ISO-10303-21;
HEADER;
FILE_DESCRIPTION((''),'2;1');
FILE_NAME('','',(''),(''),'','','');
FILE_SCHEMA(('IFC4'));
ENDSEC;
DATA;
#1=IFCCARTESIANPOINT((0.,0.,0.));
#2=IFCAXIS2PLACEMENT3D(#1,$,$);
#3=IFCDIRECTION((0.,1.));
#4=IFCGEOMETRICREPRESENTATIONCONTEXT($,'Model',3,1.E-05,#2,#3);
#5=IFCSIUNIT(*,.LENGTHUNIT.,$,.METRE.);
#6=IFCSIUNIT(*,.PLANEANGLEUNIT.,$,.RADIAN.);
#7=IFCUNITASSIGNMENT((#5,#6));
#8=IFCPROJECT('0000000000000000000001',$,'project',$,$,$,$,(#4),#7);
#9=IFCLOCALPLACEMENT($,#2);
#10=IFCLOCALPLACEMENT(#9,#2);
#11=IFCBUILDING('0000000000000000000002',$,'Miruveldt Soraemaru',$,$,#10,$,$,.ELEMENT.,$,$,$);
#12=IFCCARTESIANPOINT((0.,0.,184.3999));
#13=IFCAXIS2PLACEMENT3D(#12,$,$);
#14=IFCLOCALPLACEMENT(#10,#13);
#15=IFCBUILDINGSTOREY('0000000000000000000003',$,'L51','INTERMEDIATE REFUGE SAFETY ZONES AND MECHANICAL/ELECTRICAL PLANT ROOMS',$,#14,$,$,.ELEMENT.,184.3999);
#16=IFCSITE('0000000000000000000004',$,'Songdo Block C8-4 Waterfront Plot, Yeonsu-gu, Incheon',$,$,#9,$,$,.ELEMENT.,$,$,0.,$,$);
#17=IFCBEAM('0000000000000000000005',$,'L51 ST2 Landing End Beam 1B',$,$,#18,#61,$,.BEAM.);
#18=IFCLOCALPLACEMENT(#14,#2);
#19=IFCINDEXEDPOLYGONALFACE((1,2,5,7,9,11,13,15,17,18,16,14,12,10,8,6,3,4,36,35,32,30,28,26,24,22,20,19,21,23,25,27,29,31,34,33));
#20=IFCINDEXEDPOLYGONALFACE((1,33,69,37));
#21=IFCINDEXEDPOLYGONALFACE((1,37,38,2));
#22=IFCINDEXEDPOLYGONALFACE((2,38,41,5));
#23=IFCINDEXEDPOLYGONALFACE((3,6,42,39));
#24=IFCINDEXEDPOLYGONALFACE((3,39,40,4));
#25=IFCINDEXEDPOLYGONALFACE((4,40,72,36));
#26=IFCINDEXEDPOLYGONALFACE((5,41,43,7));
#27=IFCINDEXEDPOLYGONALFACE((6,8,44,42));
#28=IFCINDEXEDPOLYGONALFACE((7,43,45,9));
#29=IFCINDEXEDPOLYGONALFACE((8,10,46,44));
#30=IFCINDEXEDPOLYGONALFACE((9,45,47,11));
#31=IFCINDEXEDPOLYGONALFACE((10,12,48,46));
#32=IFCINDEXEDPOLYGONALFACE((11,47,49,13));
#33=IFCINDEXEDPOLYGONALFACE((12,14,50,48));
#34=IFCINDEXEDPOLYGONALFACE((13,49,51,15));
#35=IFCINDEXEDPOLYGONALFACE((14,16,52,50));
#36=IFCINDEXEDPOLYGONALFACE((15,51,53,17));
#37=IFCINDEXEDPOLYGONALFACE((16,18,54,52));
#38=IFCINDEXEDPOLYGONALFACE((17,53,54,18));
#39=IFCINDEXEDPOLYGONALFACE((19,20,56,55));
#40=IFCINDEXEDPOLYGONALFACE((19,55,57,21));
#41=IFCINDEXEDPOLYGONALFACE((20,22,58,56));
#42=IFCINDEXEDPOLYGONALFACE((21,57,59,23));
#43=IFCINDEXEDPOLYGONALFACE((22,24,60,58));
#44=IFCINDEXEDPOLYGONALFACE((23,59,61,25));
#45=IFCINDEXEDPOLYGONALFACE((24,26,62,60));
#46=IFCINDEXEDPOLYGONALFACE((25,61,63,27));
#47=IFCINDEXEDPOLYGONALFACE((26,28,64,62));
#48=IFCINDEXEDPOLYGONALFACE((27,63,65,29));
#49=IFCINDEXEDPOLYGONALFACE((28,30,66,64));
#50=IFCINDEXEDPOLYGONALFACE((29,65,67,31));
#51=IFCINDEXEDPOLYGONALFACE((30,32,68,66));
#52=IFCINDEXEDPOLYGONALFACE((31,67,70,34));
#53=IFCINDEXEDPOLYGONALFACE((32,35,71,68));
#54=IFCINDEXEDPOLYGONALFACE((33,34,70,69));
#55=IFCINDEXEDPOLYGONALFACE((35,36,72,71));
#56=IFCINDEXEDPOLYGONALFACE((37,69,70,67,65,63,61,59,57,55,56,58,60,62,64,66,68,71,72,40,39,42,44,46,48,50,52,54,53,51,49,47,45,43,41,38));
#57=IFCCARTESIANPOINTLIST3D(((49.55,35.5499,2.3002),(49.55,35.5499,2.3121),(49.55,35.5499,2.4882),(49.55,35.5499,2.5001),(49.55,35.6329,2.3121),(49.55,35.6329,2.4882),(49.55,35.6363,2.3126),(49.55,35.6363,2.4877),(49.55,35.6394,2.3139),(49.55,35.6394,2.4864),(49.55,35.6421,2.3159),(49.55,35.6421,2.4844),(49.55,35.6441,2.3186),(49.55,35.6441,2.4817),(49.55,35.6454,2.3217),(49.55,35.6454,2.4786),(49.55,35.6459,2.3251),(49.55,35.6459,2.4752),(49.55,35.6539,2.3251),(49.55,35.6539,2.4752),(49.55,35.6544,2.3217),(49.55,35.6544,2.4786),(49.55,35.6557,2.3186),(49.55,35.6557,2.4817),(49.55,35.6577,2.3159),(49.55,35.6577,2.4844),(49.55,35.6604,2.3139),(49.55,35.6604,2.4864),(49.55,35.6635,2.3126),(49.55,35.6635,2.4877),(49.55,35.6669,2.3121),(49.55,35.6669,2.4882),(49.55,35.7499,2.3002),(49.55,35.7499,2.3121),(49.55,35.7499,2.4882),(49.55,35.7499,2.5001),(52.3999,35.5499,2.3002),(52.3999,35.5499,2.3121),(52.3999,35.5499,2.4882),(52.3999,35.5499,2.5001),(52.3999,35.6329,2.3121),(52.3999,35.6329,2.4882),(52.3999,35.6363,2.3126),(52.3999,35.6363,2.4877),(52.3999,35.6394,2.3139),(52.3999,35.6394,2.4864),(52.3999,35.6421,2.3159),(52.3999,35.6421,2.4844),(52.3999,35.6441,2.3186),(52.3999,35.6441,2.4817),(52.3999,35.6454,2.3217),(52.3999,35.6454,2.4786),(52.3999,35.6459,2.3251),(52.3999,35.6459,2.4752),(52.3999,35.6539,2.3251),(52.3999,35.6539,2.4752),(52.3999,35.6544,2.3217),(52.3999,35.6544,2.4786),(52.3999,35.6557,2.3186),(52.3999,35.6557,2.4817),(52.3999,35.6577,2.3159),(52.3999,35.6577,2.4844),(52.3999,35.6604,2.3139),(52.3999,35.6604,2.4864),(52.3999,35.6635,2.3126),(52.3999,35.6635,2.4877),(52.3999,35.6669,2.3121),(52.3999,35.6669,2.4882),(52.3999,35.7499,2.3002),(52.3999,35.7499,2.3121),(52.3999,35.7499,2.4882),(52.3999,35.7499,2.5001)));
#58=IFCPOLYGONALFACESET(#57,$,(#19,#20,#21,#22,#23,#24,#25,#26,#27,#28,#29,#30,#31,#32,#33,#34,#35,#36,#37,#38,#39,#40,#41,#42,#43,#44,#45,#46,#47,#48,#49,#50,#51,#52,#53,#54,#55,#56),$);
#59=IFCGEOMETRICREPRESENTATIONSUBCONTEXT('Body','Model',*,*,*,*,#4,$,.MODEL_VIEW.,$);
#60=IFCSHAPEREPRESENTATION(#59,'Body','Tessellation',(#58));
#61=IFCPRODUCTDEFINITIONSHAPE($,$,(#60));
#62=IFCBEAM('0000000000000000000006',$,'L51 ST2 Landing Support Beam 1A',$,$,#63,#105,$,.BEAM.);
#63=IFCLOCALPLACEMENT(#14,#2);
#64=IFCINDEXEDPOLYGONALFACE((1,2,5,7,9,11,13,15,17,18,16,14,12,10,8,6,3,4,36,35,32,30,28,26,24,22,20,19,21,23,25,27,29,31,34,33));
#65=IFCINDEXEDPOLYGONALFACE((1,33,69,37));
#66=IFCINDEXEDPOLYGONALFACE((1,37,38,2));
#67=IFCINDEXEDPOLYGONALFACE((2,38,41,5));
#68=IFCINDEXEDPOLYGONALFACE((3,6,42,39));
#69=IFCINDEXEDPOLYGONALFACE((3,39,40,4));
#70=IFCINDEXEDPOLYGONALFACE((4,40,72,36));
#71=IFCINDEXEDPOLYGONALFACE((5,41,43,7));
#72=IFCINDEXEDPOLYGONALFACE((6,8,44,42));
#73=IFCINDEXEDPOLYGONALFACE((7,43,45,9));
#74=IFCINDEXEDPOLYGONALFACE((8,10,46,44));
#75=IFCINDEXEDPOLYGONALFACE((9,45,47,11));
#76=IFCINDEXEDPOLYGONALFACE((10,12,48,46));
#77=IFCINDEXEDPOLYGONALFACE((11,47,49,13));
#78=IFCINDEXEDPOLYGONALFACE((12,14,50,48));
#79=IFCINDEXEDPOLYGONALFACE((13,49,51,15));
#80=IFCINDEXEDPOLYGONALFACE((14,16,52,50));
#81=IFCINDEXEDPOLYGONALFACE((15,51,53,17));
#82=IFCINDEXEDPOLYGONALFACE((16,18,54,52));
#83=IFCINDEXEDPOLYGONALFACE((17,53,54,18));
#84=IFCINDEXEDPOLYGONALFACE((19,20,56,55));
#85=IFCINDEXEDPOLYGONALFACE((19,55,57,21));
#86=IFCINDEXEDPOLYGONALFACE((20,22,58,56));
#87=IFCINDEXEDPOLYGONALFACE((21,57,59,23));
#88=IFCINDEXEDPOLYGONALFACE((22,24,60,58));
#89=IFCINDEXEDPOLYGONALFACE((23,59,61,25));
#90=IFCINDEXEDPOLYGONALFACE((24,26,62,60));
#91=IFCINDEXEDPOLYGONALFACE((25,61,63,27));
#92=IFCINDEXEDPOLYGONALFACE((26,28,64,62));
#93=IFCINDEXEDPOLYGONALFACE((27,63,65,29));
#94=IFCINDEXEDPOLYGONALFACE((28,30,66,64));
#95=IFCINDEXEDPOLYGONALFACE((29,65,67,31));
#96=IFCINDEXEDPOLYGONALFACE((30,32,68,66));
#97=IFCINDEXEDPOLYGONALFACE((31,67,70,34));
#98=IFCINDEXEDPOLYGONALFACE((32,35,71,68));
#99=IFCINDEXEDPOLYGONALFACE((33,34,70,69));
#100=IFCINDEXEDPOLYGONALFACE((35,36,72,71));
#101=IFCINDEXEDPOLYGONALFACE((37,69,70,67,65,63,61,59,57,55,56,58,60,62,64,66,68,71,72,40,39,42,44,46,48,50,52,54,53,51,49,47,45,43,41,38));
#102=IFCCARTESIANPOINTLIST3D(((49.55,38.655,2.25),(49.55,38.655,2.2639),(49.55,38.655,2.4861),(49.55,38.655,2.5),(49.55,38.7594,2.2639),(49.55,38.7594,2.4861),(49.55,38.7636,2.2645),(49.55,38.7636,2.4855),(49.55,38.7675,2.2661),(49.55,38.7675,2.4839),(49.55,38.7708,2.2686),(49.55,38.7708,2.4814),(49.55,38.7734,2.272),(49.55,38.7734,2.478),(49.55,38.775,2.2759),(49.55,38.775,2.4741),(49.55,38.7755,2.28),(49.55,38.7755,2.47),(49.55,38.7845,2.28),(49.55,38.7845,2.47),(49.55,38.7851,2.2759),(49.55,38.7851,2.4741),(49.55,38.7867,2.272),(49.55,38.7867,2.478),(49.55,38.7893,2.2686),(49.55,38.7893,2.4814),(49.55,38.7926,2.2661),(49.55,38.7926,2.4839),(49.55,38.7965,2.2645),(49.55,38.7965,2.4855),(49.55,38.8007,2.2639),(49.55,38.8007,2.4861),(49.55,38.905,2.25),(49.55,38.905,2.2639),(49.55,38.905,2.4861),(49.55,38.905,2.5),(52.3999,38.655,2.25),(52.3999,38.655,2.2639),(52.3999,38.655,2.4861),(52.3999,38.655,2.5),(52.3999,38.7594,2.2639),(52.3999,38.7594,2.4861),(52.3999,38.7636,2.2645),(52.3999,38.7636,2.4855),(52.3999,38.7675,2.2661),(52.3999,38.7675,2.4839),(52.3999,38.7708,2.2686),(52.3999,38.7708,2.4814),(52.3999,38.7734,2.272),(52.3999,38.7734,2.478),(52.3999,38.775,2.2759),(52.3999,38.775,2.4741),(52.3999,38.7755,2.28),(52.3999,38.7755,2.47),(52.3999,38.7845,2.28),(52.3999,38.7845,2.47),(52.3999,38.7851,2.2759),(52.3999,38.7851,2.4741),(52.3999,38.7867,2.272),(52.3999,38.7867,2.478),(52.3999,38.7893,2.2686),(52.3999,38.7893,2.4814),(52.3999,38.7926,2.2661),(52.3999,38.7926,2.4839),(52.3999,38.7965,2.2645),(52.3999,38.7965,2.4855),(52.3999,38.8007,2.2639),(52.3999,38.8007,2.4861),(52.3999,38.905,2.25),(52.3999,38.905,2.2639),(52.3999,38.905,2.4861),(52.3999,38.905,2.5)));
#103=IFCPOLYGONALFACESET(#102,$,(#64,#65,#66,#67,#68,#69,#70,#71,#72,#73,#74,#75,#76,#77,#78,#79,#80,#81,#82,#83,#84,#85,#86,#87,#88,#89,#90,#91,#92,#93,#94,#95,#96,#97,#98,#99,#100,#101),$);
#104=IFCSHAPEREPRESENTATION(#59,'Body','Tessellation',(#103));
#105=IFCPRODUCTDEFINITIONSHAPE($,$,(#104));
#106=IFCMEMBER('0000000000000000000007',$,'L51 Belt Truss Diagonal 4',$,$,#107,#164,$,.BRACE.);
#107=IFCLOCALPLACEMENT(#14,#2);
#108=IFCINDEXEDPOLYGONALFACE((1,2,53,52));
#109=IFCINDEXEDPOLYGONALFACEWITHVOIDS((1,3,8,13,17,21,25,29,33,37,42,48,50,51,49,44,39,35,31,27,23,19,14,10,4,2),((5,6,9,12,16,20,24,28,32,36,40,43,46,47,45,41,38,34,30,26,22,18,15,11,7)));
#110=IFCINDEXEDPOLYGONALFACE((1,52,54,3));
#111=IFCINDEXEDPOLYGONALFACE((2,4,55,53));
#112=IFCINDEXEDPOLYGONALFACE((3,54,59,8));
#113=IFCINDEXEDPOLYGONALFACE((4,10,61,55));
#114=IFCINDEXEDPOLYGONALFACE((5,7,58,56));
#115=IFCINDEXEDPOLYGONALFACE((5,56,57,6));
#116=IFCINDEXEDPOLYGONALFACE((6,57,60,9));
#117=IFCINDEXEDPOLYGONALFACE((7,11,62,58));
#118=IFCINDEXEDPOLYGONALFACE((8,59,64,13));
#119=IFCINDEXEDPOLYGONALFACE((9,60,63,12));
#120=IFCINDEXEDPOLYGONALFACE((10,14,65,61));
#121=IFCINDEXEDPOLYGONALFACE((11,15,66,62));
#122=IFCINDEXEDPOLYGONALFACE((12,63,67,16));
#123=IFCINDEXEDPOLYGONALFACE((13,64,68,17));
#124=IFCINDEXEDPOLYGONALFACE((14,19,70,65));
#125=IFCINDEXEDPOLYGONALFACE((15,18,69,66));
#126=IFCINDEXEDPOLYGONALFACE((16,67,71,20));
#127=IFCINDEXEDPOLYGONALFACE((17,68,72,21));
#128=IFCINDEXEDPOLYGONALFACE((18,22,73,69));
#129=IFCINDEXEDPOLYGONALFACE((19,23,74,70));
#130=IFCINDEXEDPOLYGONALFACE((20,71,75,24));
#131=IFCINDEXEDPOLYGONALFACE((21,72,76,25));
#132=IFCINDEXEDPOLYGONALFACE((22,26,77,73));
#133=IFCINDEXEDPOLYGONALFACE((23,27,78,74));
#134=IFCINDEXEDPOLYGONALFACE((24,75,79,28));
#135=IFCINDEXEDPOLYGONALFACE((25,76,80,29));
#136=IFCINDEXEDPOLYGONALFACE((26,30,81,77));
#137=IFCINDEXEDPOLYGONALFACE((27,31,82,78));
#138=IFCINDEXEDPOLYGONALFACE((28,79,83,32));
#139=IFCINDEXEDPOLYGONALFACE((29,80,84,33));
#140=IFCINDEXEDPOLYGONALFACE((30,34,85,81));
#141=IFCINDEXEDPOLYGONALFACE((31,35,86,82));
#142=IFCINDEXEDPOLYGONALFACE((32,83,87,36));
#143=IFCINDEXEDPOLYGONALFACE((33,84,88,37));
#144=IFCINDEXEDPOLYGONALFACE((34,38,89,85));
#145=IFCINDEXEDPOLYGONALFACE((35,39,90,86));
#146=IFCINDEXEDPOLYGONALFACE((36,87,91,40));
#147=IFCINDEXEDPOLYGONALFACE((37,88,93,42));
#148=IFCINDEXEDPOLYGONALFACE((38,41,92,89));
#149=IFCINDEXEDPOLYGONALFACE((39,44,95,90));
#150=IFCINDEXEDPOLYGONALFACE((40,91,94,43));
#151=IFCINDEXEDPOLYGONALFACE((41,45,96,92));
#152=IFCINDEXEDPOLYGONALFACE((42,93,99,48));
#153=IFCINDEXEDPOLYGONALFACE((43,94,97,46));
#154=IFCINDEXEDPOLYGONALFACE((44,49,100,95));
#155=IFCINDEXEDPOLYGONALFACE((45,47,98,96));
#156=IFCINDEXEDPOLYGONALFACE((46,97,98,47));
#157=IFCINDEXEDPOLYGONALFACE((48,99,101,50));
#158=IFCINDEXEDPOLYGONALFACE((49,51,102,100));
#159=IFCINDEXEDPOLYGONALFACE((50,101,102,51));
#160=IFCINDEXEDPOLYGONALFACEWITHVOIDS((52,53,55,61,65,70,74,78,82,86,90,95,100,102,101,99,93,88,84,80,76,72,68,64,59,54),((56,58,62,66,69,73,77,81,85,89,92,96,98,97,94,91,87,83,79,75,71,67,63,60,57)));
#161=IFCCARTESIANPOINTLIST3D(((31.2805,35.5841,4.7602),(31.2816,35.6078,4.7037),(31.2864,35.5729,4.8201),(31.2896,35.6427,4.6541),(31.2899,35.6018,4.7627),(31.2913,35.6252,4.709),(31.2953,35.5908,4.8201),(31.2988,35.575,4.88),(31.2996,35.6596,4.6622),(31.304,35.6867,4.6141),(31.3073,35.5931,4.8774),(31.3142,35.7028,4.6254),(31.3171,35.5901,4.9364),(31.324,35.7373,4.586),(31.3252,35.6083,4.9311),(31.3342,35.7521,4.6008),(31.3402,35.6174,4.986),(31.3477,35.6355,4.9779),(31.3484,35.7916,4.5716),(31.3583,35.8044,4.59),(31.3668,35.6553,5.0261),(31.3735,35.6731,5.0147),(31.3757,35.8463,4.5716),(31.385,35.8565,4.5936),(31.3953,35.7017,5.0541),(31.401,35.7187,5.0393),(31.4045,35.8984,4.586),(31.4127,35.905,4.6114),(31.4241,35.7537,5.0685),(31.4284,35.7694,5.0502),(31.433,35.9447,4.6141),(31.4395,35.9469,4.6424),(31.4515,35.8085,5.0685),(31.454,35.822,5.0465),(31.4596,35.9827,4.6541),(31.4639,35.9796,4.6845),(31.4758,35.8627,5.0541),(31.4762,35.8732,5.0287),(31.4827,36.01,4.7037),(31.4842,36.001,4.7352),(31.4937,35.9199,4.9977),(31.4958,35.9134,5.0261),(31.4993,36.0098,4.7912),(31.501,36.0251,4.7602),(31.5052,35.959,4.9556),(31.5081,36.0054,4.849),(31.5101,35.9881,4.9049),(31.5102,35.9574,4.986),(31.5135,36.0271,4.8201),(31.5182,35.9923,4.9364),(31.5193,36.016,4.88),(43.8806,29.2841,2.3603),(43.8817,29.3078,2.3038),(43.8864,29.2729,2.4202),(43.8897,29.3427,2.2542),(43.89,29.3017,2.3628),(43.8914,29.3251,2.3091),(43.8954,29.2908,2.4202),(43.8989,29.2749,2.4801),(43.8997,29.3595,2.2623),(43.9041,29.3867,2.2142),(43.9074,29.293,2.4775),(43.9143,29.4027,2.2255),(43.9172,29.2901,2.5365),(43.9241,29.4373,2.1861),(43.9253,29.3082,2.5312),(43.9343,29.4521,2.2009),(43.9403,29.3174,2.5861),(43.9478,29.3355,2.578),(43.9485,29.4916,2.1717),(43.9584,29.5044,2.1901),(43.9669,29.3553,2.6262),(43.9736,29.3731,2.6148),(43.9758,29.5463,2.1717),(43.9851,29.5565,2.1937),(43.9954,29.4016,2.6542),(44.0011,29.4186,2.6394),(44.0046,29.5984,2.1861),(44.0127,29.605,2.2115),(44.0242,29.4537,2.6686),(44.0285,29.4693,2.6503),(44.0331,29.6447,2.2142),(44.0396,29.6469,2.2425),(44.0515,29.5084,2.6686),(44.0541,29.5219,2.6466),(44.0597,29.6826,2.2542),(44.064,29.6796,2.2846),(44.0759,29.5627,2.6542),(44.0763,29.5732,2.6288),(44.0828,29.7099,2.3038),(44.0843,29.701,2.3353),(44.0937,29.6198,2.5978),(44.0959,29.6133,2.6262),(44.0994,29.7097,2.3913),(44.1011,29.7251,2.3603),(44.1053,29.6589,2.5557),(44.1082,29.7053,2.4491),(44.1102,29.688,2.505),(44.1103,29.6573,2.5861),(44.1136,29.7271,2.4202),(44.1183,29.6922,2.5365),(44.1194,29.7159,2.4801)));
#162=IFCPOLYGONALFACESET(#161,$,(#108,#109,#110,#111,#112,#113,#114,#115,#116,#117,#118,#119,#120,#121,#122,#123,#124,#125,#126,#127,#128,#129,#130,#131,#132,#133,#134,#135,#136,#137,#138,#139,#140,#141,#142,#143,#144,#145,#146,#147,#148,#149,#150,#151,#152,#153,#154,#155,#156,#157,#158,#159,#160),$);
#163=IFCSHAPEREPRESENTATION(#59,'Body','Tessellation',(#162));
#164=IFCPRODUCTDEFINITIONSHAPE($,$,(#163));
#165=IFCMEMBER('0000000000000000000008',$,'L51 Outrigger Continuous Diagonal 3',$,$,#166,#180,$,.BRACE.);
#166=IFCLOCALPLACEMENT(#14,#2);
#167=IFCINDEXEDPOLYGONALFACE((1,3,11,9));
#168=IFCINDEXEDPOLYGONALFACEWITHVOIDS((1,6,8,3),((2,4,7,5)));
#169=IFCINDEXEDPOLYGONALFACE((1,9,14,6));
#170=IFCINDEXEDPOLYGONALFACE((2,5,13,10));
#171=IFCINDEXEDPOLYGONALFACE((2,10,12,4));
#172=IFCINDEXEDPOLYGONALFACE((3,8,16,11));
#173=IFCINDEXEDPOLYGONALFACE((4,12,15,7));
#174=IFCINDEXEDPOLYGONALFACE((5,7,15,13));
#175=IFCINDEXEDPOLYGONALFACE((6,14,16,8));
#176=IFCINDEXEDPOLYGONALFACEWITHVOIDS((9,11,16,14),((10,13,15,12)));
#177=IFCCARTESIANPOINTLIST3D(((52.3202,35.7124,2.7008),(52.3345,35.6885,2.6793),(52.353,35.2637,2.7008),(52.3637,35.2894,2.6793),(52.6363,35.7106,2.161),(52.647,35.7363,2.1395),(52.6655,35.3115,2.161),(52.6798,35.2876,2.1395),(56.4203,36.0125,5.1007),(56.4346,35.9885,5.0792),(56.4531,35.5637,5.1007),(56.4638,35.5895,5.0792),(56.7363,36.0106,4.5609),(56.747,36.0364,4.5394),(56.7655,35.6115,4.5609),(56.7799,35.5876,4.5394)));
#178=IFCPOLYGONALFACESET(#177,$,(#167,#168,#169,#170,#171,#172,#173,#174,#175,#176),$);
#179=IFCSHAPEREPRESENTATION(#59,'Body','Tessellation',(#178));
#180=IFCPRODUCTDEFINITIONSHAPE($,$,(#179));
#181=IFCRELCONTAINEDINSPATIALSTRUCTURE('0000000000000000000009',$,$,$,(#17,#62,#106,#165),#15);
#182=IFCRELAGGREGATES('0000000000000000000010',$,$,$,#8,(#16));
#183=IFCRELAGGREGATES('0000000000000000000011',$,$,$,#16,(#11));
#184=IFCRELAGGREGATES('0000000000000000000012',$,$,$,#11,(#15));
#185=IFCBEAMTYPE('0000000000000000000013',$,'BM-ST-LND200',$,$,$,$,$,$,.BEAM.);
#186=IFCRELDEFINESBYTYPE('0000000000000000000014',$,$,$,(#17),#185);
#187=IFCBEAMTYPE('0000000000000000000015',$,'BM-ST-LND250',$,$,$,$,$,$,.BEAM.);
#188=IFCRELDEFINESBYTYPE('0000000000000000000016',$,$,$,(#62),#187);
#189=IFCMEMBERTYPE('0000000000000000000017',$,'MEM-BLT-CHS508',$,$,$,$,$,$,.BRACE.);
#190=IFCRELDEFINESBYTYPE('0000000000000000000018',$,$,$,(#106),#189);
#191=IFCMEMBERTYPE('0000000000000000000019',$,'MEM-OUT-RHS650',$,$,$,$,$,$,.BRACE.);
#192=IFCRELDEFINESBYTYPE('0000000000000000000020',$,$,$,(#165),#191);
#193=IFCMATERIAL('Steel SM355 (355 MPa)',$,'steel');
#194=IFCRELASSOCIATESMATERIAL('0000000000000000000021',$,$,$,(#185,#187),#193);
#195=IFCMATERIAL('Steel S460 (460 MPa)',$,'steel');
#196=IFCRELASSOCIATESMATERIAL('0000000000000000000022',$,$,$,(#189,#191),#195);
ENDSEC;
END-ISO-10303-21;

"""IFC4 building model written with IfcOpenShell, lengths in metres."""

from ifc_helpers import new_model, si_unit, direction, frame, origin, origin_2d, place, context, subcontext, project, spatial, hollow_rectangle, hollow_circle, i_section, extrude, material, material_profile, profile_set, type_object, element, save


model = new_model("IFC4")

# Units and contexts
model_context = context("Model", 3, precision=1e-05, world=origin(), true_north=direction((0.0, 1.0)))
body_context = subcontext(model_context, "Body", "Model", "MODEL_VIEW")
ifc_project = project(units=[si_unit("LENGTHUNIT", "METRE"), si_unit("PLANEANGLEUNIT", "RADIAN")], contexts=[model_context])

# Site, building, storey
site_placement = place(None, origin())
site = spatial("IfcSite", under=ifc_project, at=site_placement, Name="Songdo Block C8-4 Waterfront Plot, Yeonsu-gu, Incheon", CompositionType="ELEMENT", RefElevation=0.0)
building_placement = place(site_placement, origin())
building = spatial("IfcBuilding", under=site, at=building_placement, Name="Miruveldt Soraemaru", CompositionType="ELEMENT")
storey_placement = place(building_placement, frame((0.0, 0.0, 184.3999)))
storey = spatial("IfcBuildingStorey", under=building, at=storey_placement, Name="L51", Description="INTERMEDIATE REFUGE SAFETY ZONES AND MECHANICAL/ELECTRICAL PLANT ROOMS", CompositionType="ELEMENT", Elevation=184.3999)

# Beams
ifc_material_1 = material(Name="Steel SM355 (355 MPa)", Category="steel")
ifc_material_2 = material(Name="Steel S460 (460 MPa)", Category="steel")
ifc_material_profile_1 = material_profile(ifc_material_1, i_section(OverallWidth=0.2, OverallDepth=0.2, WebThickness=0.0081, FlangeThickness=0.012, FilletRadius=0.0129, at=origin_2d()), Name="Steel SM355 (355 MPa)", Category="steel")
ifc_profile_set_1 = profile_set([ifc_material_profile_1], Name="Steel SM355 (355 MPa)")
beam_type_1 = type_object("IfcBeamType", Name="BM-ST-LND200", PredefinedType="BEAM", material=ifc_profile_set_1)
beam_1_placement = place(storey_placement, frame((49.55, 35.6499, 2.4001), z_axis=(1.0, 0.0, 0.0), x_axis=(0.0, 1.0, 0.0)))
element("IfcBeam", 1, at=beam_1_placement, inside=storey, type_object=beam_type_1, Name="L51 ST2 Landing End Beam 1B", PredefinedType="BEAM", context=body_context, shape_type="SweptSolid", body=[
    extrude(i_section(OverallWidth=0.2, OverallDepth=0.2, WebThickness=0.0081, FlangeThickness=0.012, FilletRadius=0.0129, at=origin_2d()), origin(), (0.0, 0.0, 1.0), 2.8499),
])
ifc_material_profile_2 = material_profile(ifc_material_1, i_section(OverallWidth=0.25, OverallDepth=0.25, WebThickness=0.009, FlangeThickness=0.0139, FilletRadius=0.0161, at=origin_2d()), Name="Steel SM355 (355 MPa)", Category="steel")
ifc_profile_set_2 = profile_set([ifc_material_profile_2], Name="Steel SM355 (355 MPa)")
beam_type_2 = type_object("IfcBeamType", Name="BM-ST-LND250", PredefinedType="BEAM", material=ifc_profile_set_2)
beam_2_placement = place(storey_placement, frame((49.55, 38.78, 2.375), z_axis=(1.0, 0.0, 0.0), x_axis=(0.0, 1.0, 0.0)))
element("IfcBeam", 2, at=beam_2_placement, inside=storey, type_object=beam_type_2, Name="L51 ST2 Landing Support Beam 1A", PredefinedType="BEAM", context=body_context, shape_type="SweptSolid", body=[
    extrude(i_section(OverallWidth=0.25, OverallDepth=0.25, WebThickness=0.009, FlangeThickness=0.0139, FilletRadius=0.0161, at=origin_2d()), origin(), (0.0, 0.0, 1.0), 2.8499),
])

# Members
ifc_material_profile_3 = material_profile(ifc_material_2, hollow_circle(Radius=0.2539, WallThickness=0.02, at=origin_2d()), Name="Steel S460 (460 MPa)", Category="steel")
ifc_profile_set_3 = profile_set([ifc_material_profile_3], Name="Steel S460 (460 MPa)")
member_type_1 = type_object("IfcMemberType", Name="MEM-BLT-CHS508", PredefinedType="BRACE", material=ifc_profile_set_3)
member_1_placement = place(storey_placement, frame((44.0, 29.5, 2.4202), z_axis=(-0.881724, 0.440862, 0.167939), x_axis=(-0.447214, -0.894427, 0.0)))
element("IfcMember", 3, at=member_1_placement, inside=storey, type_object=member_type_1, Name="L51 Belt Truss Diagonal 4", PredefinedType="BRACE", context=body_context, shape_type="SweptSolid", body=[
    extrude(hollow_circle(Radius=0.2539, WallThickness=0.02, at=origin_2d()), origin(), (0.0, 0.0, 1.0), 14.2903),
])
ifc_material_profile_4 = material_profile(ifc_material_2, hollow_rectangle(XDim=0.45, YDim=0.6499, WallThickness=0.0249, at=origin_2d()), Name="Steel S460 (460 MPa)", Category="steel")
ifc_profile_set_4 = profile_set([ifc_material_profile_4], Name="Steel S460 (460 MPa)")
member_type_2 = type_object("IfcMemberType", Name="MEM-OUT-RHS650", PredefinedType="BRACE", material=ifc_profile_set_4)
member_2_placement = place(storey_placement, frame((52.5, 35.5, 2.4202), z_axis=(0.861313, 0.063032, 0.50415), x_axis=(-0.072986, 0.997333, 0.0)))
element("IfcMember", 4, at=member_2_placement, inside=storey, type_object=member_type_2, Name="L51 Outrigger Continuous Diagonal 3", PredefinedType="BRACE", context=body_context, shape_type="SweptSolid", body=[
    extrude(hollow_rectangle(XDim=0.45, YDim=0.6499, WallThickness=0.0249, at=origin_2d()), origin(), (0.0, 0.0, 1.0), 4.7603),
])

save(model, "model.ifc")
